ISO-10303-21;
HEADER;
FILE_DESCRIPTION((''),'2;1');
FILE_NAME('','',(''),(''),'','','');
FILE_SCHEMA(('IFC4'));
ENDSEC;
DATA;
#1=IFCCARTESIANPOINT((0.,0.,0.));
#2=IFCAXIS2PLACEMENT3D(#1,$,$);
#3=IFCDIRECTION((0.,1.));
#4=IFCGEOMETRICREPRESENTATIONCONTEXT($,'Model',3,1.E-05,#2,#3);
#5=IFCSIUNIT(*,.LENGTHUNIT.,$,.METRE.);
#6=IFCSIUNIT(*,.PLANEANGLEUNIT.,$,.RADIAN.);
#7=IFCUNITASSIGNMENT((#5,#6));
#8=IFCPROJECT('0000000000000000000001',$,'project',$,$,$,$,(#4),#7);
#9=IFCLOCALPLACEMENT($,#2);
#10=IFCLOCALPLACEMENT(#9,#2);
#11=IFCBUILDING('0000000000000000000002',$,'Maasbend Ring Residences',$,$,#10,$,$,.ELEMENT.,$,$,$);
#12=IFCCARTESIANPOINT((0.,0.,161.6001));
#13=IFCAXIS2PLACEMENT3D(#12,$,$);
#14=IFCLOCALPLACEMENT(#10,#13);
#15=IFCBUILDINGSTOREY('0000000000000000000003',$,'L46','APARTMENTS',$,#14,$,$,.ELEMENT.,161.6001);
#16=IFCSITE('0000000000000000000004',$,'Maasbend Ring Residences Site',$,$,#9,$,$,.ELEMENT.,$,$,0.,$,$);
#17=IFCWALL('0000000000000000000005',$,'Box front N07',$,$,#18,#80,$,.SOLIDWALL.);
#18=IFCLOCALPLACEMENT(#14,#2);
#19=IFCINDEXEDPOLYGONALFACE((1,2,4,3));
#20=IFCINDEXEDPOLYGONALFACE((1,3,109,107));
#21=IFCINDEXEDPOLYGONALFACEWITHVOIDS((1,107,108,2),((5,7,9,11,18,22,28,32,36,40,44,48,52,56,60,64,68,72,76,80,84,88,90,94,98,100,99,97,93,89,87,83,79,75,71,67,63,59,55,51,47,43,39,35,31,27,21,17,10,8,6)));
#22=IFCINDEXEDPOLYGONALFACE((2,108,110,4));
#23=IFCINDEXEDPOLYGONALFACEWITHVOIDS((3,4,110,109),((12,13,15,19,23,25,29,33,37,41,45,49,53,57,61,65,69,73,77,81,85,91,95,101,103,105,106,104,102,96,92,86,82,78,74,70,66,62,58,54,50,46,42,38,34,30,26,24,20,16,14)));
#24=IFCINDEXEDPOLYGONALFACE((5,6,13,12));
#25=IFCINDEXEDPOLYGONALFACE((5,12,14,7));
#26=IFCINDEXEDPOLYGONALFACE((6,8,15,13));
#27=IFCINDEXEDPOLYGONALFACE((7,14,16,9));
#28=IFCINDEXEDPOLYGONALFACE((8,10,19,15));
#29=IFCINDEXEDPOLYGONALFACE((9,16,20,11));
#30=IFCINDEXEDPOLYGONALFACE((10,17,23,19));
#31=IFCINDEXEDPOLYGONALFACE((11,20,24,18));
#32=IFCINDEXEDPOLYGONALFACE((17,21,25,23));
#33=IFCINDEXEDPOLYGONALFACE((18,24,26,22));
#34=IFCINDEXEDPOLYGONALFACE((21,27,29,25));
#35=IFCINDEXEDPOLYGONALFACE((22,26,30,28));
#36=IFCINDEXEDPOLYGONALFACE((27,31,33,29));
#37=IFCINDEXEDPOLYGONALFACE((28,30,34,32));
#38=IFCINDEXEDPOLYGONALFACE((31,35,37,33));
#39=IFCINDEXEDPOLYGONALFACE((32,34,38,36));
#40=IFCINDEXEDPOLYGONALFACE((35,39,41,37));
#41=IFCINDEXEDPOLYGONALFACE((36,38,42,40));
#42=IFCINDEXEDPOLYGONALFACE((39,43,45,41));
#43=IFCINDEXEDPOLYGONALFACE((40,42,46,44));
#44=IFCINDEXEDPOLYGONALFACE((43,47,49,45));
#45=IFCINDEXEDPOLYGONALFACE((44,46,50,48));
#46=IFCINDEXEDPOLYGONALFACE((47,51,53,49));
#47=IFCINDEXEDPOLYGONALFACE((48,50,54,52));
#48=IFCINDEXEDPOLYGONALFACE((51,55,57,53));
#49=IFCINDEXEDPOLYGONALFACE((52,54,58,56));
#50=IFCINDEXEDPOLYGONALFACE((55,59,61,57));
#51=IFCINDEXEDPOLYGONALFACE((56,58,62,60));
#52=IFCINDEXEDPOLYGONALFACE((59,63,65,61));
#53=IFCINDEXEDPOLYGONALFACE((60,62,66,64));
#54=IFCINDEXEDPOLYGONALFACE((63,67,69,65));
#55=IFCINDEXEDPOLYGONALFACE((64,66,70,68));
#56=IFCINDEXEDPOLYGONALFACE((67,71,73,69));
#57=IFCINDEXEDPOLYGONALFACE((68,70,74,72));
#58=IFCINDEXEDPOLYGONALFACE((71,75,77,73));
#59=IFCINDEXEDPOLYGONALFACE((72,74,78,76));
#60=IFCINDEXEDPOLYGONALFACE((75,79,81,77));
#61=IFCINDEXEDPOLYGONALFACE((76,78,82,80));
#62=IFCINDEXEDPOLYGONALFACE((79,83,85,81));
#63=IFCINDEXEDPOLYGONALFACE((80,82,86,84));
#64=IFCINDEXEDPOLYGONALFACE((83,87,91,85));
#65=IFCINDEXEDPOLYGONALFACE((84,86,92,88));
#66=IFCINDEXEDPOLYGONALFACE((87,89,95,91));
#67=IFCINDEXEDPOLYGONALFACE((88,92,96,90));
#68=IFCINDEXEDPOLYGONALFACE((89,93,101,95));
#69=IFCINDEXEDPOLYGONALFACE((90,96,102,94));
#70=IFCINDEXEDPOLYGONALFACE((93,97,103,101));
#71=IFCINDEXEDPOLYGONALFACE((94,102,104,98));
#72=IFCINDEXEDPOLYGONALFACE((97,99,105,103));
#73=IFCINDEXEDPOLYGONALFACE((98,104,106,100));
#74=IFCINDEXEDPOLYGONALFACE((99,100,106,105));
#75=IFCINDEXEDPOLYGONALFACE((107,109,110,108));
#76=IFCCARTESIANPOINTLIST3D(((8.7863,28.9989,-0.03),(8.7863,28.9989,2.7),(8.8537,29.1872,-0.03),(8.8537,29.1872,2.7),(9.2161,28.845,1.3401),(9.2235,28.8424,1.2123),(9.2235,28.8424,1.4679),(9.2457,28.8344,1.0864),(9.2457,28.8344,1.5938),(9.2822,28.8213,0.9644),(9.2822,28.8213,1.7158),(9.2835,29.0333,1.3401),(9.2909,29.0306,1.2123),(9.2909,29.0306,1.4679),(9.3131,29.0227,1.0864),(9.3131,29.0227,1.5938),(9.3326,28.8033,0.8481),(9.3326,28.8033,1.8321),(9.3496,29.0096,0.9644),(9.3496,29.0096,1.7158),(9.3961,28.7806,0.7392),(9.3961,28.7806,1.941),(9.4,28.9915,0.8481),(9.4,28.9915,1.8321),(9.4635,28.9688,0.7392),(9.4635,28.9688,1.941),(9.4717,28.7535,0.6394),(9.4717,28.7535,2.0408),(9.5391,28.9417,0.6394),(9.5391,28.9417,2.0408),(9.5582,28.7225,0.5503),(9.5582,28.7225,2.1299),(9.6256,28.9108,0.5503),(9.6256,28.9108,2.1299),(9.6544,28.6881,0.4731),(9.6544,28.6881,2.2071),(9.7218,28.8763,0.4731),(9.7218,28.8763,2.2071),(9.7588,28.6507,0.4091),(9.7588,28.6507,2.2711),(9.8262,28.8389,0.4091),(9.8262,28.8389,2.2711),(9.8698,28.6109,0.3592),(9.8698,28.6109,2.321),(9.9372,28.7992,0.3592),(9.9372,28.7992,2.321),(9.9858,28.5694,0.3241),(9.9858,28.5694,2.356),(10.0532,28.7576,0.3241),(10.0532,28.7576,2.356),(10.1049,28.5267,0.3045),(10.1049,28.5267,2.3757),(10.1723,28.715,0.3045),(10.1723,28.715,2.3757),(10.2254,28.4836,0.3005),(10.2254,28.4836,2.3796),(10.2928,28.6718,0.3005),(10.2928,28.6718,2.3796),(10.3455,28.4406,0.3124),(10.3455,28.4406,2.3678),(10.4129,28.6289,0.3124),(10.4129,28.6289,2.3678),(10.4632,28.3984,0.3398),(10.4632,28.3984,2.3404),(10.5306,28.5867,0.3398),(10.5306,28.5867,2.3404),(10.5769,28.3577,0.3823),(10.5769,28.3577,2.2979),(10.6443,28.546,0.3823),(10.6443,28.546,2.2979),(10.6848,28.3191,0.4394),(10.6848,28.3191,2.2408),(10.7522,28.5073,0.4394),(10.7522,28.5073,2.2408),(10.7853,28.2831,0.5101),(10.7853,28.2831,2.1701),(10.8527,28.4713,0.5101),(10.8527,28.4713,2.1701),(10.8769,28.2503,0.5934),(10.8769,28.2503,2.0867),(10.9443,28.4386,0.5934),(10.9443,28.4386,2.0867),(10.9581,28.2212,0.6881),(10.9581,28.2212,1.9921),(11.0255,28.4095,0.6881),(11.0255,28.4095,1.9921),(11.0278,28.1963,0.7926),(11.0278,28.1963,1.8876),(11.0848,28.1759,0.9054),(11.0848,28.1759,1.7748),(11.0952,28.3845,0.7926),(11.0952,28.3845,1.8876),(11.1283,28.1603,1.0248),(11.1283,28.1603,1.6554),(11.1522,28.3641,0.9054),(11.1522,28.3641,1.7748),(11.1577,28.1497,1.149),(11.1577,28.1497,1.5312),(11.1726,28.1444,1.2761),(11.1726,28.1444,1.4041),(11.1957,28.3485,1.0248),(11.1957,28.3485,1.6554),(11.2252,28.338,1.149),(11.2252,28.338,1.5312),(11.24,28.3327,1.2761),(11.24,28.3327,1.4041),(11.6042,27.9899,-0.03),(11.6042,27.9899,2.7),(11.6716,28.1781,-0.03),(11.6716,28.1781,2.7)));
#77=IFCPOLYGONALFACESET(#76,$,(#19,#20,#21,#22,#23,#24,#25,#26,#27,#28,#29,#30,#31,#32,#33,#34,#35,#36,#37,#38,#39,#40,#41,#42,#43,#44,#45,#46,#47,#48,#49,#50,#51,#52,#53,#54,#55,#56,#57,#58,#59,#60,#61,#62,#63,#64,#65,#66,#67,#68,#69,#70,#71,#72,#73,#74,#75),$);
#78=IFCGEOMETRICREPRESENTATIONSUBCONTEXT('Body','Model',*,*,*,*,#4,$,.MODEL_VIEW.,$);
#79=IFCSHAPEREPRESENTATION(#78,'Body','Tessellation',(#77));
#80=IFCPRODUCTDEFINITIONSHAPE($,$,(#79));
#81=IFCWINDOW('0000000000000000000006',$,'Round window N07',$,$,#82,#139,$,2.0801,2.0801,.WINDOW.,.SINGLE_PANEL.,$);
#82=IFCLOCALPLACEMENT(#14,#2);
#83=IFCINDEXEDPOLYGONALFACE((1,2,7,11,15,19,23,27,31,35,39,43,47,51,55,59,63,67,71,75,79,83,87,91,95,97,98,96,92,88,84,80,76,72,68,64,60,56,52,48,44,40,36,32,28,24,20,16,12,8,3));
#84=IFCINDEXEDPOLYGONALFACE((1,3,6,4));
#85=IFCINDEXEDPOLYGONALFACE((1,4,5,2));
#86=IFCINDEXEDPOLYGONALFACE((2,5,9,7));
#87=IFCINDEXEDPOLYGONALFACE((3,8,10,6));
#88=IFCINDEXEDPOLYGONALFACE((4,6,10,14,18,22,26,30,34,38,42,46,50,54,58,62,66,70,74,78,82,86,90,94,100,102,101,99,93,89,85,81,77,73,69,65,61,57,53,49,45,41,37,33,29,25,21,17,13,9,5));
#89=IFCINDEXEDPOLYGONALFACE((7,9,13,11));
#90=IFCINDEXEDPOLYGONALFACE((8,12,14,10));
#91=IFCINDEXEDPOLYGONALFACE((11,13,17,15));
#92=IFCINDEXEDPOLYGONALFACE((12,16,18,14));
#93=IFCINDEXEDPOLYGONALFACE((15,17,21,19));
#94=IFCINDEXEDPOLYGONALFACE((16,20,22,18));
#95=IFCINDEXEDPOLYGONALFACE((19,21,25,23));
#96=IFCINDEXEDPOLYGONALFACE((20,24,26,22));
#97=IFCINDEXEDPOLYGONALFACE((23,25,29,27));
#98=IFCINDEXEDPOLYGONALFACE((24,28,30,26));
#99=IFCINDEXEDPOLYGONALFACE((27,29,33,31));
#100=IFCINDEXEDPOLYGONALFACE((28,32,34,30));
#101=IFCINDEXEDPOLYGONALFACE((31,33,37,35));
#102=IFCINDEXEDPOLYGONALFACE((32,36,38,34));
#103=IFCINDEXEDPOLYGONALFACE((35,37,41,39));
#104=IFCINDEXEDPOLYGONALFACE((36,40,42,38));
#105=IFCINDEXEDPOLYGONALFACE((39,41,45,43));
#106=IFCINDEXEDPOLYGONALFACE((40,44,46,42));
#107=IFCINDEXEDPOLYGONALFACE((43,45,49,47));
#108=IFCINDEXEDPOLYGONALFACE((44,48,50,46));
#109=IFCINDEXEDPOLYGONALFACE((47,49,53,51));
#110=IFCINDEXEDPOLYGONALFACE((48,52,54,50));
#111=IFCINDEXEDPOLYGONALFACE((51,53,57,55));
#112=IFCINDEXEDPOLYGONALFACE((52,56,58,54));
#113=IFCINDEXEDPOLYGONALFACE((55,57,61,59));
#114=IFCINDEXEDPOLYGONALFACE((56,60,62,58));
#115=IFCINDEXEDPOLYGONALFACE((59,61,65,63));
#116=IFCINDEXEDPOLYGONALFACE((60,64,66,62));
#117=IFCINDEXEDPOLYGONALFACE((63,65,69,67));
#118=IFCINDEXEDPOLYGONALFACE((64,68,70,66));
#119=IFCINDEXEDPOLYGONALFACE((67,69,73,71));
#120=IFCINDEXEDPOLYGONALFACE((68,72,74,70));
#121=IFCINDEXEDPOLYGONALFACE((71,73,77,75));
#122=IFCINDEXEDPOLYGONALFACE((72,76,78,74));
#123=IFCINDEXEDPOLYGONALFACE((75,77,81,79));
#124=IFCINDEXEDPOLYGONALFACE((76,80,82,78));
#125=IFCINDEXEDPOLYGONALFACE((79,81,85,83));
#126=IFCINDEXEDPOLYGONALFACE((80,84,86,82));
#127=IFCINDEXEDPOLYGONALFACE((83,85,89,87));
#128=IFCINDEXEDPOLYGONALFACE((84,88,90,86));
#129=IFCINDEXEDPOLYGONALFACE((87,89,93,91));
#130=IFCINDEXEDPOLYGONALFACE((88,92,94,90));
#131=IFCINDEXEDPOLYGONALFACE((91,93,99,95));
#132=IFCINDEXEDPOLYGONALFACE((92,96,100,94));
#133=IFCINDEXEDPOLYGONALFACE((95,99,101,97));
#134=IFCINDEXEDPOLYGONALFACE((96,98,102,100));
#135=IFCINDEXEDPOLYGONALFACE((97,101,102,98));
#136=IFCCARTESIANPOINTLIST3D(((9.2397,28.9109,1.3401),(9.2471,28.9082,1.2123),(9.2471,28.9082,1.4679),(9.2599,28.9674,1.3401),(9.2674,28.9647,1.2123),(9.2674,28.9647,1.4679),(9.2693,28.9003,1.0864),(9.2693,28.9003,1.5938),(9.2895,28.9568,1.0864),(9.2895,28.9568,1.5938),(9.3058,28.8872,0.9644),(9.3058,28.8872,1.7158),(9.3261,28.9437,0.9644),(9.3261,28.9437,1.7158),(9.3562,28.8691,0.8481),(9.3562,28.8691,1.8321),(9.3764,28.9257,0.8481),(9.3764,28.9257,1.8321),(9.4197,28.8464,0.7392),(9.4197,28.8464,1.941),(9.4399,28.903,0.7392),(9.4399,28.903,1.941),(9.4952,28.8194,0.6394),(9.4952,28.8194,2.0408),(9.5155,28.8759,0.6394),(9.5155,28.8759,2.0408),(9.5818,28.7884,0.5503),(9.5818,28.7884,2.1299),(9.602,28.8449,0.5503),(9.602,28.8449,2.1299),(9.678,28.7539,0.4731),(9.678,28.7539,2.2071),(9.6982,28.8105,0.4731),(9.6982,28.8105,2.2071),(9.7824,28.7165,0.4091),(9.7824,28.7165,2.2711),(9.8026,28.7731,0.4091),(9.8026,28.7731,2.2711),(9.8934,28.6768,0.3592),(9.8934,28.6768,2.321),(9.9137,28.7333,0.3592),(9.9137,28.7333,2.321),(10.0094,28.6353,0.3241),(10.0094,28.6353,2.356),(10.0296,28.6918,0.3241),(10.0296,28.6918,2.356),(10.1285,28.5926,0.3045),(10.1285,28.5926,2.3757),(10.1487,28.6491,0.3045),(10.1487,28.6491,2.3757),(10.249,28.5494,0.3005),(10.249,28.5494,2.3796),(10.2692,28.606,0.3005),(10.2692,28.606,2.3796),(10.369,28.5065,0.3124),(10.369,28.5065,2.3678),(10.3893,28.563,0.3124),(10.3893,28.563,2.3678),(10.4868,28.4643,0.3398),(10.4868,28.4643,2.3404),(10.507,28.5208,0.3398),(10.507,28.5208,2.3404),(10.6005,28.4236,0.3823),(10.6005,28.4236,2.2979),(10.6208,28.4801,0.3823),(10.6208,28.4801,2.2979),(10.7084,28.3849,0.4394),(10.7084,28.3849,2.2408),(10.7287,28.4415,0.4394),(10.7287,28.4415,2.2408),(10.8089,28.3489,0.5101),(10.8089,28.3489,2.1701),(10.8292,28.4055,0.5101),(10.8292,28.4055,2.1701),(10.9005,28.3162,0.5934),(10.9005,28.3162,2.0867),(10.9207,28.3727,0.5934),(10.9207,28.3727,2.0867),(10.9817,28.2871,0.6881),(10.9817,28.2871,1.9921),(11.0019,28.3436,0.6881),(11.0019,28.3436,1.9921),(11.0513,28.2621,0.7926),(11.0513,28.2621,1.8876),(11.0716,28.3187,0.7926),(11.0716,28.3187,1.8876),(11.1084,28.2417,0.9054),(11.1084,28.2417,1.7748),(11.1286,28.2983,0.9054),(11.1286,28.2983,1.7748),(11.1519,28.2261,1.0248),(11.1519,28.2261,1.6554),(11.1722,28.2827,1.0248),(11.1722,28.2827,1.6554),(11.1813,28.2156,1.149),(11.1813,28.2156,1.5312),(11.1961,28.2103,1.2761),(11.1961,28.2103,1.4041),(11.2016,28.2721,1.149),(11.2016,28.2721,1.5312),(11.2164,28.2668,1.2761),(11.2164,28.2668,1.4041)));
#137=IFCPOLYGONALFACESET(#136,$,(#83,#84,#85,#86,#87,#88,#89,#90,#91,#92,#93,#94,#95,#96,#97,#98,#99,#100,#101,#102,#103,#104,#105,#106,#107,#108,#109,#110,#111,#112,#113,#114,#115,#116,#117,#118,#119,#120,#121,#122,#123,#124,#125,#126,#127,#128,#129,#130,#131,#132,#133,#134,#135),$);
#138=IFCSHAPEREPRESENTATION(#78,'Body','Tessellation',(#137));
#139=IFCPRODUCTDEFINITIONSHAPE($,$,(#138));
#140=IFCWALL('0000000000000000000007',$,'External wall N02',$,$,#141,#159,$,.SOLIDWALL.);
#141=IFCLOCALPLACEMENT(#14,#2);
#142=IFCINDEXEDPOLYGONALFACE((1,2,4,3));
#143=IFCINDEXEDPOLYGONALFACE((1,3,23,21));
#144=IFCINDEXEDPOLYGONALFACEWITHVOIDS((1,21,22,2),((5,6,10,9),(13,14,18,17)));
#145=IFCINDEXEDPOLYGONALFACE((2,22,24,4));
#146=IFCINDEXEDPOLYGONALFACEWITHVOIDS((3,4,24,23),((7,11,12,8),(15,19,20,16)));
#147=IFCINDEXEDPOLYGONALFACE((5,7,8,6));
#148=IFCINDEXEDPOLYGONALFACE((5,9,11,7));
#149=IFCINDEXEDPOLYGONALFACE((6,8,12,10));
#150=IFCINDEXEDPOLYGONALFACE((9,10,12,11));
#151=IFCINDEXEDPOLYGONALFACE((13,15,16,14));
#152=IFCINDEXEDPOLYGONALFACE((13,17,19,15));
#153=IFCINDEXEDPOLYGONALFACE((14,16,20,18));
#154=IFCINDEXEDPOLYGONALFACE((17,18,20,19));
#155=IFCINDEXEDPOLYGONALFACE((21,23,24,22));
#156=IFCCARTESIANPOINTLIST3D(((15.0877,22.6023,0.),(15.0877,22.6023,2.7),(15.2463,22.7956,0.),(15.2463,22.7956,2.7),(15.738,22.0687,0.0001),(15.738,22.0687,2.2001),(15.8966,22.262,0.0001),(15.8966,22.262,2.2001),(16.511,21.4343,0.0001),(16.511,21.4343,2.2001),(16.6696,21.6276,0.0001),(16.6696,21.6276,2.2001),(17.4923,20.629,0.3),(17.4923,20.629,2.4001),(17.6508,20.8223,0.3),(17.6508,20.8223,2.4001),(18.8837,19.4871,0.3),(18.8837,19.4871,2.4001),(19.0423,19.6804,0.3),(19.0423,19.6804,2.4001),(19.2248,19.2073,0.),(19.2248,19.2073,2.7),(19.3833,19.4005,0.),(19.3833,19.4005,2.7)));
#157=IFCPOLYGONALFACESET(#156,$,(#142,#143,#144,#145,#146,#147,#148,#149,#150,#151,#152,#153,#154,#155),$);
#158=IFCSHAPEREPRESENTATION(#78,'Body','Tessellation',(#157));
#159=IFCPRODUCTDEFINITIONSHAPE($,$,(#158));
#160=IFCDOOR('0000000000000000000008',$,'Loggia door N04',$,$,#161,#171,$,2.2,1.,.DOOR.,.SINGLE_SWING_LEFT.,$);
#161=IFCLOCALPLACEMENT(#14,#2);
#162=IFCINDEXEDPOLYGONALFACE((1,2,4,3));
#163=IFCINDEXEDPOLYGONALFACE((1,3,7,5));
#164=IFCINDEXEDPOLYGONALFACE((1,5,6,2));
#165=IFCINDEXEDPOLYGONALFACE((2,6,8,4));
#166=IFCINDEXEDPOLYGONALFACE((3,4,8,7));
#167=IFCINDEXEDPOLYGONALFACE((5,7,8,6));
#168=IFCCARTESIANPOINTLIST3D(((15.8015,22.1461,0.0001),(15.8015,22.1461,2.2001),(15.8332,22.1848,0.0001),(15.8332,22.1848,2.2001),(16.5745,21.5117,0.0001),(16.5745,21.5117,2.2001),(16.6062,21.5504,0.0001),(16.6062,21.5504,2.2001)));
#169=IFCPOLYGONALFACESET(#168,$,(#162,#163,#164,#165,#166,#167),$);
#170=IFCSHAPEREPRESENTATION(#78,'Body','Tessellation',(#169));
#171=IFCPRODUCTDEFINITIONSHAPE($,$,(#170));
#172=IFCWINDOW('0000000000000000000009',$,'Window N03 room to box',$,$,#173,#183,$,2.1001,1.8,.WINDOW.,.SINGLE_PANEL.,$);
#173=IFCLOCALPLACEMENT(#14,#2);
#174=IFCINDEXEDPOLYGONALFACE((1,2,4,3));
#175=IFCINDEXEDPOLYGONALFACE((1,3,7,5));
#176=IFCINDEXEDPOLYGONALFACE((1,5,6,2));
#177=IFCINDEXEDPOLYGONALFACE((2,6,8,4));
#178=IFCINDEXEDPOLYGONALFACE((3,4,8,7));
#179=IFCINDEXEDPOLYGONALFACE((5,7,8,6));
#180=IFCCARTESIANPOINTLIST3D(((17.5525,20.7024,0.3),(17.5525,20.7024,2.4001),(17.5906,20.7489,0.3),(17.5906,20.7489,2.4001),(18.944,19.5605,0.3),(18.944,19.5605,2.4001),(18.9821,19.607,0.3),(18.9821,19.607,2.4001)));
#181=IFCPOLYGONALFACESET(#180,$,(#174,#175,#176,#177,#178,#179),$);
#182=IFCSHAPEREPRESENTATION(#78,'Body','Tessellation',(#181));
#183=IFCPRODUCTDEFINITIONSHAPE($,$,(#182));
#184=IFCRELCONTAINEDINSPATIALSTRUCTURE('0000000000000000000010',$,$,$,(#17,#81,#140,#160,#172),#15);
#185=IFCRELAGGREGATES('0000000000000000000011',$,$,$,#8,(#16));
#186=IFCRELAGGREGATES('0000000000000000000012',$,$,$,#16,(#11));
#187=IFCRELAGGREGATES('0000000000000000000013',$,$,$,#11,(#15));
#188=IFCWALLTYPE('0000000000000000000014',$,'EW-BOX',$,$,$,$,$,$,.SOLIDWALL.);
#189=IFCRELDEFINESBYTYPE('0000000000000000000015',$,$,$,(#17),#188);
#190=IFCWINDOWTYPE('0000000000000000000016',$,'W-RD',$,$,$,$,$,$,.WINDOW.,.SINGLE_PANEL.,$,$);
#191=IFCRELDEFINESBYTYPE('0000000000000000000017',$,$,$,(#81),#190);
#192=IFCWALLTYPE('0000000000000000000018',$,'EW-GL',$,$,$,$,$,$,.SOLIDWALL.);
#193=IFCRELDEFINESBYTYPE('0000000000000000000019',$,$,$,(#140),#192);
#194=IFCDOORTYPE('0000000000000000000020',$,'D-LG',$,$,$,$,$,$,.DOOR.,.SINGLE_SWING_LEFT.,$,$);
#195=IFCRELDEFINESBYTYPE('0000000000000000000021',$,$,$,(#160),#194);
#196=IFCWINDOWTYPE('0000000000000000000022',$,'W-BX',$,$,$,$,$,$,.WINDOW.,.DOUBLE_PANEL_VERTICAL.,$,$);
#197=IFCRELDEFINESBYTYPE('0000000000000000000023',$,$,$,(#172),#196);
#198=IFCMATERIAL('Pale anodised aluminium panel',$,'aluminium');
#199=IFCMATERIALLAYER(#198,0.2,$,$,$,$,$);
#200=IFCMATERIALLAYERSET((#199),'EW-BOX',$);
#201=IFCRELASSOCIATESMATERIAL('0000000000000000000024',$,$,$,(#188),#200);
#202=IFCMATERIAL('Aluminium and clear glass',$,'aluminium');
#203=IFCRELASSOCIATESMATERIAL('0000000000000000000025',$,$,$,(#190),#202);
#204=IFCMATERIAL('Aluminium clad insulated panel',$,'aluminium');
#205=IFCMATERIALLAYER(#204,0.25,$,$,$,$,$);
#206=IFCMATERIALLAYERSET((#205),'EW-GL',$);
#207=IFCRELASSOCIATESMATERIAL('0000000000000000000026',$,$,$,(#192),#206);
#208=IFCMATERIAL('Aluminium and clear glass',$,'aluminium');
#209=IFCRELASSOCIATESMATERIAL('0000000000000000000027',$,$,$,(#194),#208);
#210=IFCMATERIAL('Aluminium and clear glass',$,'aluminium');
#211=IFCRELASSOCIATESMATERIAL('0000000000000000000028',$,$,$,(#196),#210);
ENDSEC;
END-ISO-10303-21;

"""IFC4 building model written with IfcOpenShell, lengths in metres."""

from ifc_helpers import new_model, si_unit, direction, frame, frame_2d, origin, place, context, subcontext, project, spatial, rectangle, circle, extrude, material, layer, layer_set, type_object, element, fill, save


model = new_model("IFC4")

# Units and contexts
model_context = context("Model", 3, precision=1e-05, world=origin(), true_north=direction((0.0, 1.0)))
body_context = subcontext(model_context, "Body", "Model", "MODEL_VIEW")
ifc_project = project(units=[si_unit("LENGTHUNIT", "METRE"), si_unit("PLANEANGLEUNIT", "RADIAN")], contexts=[model_context])

# Site, building, storey
site_placement = place(None, origin())
site = spatial("IfcSite", under=ifc_project, at=site_placement, Name="Maasbend Ring Residences Site", CompositionType="ELEMENT", RefElevation=0.0)
building_placement = place(site_placement, origin())
building = spatial("IfcBuilding", under=site, at=building_placement, Name="Maasbend Ring Residences", CompositionType="ELEMENT")
storey_placement = place(building_placement, frame((0.0, 0.0, 161.6001)))
storey = spatial("IfcBuildingStorey", under=building, at=storey_placement, Name="L46", Description="APARTMENTS", CompositionType="ELEMENT", Elevation=161.6001)

# Shared definitions
ifc_material_1 = material(Name="Pale anodised aluminium panel", Category="aluminium")
ifc_layer_1 = layer(ifc_material_1, 0.2)
ifc_layer_set_1 = layer_set([ifc_layer_1], Name="EW-BOX")
wall_type_1 = type_object("IfcWallType", Name="EW-BOX", PredefinedType="SOLIDWALL", material=ifc_layer_set_1)
ifc_material_2 = material(Name="Aluminium and clear glass", Category="aluminium")
window_type_1 = type_object("IfcWindowType", Name="W-RD", PartitioningType="SINGLE_PANEL", PredefinedType="WINDOW", material=ifc_material_2)

# Wall, opening, window
wall_1_placement = place(storey_placement, frame((11.6379, 28.084, -0.03), z_axis=(0.0, 0.0, 1.0), x_axis=(-0.941461, 0.337122, 0.0)))
wall_1 = element("IfcWall", 1, at=wall_1_placement, inside=storey, type_object=wall_type_1, Name="Box front N07", PredefinedType="SOLIDWALL", context=body_context, shape_type="SweptSolid", body=[
    extrude(rectangle(XDim=2.9932, YDim=0.2, at=frame_2d((1.4966, 0.0))), origin(), (0.0, 0.0, 1.0), 2.73),
])
opening_1_placement = place(wall_1_placement, frame((0.4565, 0.0, 0.3301)))
opening_1 = element("IfcOpeningElement", 2, at=opening_1_placement, cuts=wall_1, PredefinedType="OPENING", context=body_context, shape_type="SweptSolid", body=[
    extrude(circle(Radius=1.04, at=frame_2d((1.04, 1.04))), frame((0.0, 0.1099, 0.0), z_axis=(0.0, -1.0, 0.0), x_axis=(1.0, 0.0, 0.0)), (0.0, 0.0, 1.0), 0.22),
])
window_1_placement = place(opening_1_placement, origin())
window_1 = element("IfcWindow", 3, at=window_1_placement, inside=storey, type_object=window_type_1, Name="Round window N07", OverallHeight=2.0801, OverallWidth=2.0801, PartitioningType="SINGLE_PANEL", PredefinedType="WINDOW", context=body_context, shape_type="SweptSolid", body=[
    extrude(circle(Radius=1.04, at=frame_2d((1.04, 1.04))), frame((0.0, 0.03, 0.0), z_axis=(0.0, -1.0, 0.0), x_axis=(1.0, 0.0, 0.0)), (0.0, 0.0, 1.0), 0.0601),
])
fill(opening_1, window_1)

# Wall, openings, door, window
ifc_material_3 = material(Name="Aluminium clad insulated panel", Category="aluminium")
ifc_layer_2 = layer(ifc_material_3, 0.25)
ifc_layer_set_2 = layer_set([ifc_layer_2], Name="EW-GL")
wall_type_2 = type_object("IfcWallType", Name="EW-GL", PredefinedType="SOLIDWALL", material=ifc_layer_set_2)
wall_2_placement = place(storey_placement, frame((19.304, 19.304, 0.0), z_axis=(0.0, 0.0, 1.0), x_axis=(-0.773019, 0.634382, 0.0)))
wall_2 = element("IfcWall", 4, at=wall_2_placement, inside=storey, type_object=wall_type_2, Name="External wall N02", PredefinedType="SOLIDWALL", context=body_context, shape_type="SweptSolid", body=[
    extrude(rectangle(XDim=5.3518, YDim=0.25, at=frame_2d((2.6758, 0.0))), origin(), (0.0, 0.0, 1.0), 2.7),
])
opening_2_placement = place(wall_2_placement, frame((0.4412, 0.0, 0.3)))
opening_2 = element("IfcOpeningElement", 5, at=opening_2_placement, cuts=wall_2, PredefinedType="OPENING", context=body_context, shape_type="SweptSolid", body=[
    extrude(rectangle(XDim=1.8, YDim=2.1001, at=frame_2d((0.8999, 1.05))), frame((0.0, 0.135, 0.0), z_axis=(0.0, -1.0, 0.0), x_axis=(1.0, 0.0, 0.0)), (0.0, 0.0, 1.0), 0.27),
])
opening_3_placement = place(wall_2_placement, frame((3.5105, 0.0, 0.0)))
opening_3 = element("IfcOpeningElement", 6, at=opening_3_placement, cuts=wall_2, PredefinedType="OPENING", context=body_context, shape_type="SweptSolid", body=[
    extrude(rectangle(XDim=1.0, YDim=2.2, at=frame_2d((0.5, 1.1001))), frame((0.0, 0.135, 0.0), z_axis=(0.0, -1.0, 0.0), x_axis=(1.0, 0.0, 0.0)), (0.0, 0.0, 1.0), 0.27),
])
ifc_material_4 = material(Name="Aluminium and clear glass", Category="aluminium")
door_type_1 = type_object("IfcDoorType", Name="D-LG", OperationType="SINGLE_SWING_LEFT", PredefinedType="DOOR", material=ifc_material_4)
door_1_placement = place(opening_3_placement, origin())
door_1 = element("IfcDoor", 7, at=door_1_placement, inside=storey, type_object=door_type_1, Name="Loggia door N04", OperationType="SINGLE_SWING_LEFT", OverallHeight=2.2, OverallWidth=1.0, PredefinedType="DOOR", context=body_context, shape_type="SweptSolid", body=[
    extrude(rectangle(XDim=1.0, YDim=2.2, at=frame_2d((0.5, 1.1001))), frame((0.0, 0.0249, 0.0), z_axis=(0.0, -1.0, 0.0), x_axis=(1.0, 0.0, 0.0)), (0.0, 0.0, 1.0), 0.05),
])
fill(opening_3, door_1)
ifc_material_5 = material(Name="Aluminium and clear glass", Category="aluminium")
window_type_2 = type_object("IfcWindowType", Name="W-BX", PartitioningType="DOUBLE_PANEL_VERTICAL", PredefinedType="WINDOW", material=ifc_material_5)
window_2_placement = place(opening_2_placement, origin())
window_2 = element("IfcWindow", 8, at=window_2_placement, inside=storey, type_object=window_type_2, Name="Window N03 room to box", OverallHeight=2.1001, OverallWidth=1.8, PartitioningType="SINGLE_PANEL", PredefinedType="WINDOW", context=body_context, shape_type="SweptSolid", body=[
    extrude(rectangle(XDim=1.8, YDim=2.1001, at=frame_2d((0.8999, 1.05))), frame((0.0, 0.03, 0.0), z_axis=(0.0, -1.0, 0.0), x_axis=(1.0, 0.0, 0.0)), (0.0, 0.0, 1.0), 0.0601),
])
fill(opening_2, window_2)

save(model, "model.ifc")
